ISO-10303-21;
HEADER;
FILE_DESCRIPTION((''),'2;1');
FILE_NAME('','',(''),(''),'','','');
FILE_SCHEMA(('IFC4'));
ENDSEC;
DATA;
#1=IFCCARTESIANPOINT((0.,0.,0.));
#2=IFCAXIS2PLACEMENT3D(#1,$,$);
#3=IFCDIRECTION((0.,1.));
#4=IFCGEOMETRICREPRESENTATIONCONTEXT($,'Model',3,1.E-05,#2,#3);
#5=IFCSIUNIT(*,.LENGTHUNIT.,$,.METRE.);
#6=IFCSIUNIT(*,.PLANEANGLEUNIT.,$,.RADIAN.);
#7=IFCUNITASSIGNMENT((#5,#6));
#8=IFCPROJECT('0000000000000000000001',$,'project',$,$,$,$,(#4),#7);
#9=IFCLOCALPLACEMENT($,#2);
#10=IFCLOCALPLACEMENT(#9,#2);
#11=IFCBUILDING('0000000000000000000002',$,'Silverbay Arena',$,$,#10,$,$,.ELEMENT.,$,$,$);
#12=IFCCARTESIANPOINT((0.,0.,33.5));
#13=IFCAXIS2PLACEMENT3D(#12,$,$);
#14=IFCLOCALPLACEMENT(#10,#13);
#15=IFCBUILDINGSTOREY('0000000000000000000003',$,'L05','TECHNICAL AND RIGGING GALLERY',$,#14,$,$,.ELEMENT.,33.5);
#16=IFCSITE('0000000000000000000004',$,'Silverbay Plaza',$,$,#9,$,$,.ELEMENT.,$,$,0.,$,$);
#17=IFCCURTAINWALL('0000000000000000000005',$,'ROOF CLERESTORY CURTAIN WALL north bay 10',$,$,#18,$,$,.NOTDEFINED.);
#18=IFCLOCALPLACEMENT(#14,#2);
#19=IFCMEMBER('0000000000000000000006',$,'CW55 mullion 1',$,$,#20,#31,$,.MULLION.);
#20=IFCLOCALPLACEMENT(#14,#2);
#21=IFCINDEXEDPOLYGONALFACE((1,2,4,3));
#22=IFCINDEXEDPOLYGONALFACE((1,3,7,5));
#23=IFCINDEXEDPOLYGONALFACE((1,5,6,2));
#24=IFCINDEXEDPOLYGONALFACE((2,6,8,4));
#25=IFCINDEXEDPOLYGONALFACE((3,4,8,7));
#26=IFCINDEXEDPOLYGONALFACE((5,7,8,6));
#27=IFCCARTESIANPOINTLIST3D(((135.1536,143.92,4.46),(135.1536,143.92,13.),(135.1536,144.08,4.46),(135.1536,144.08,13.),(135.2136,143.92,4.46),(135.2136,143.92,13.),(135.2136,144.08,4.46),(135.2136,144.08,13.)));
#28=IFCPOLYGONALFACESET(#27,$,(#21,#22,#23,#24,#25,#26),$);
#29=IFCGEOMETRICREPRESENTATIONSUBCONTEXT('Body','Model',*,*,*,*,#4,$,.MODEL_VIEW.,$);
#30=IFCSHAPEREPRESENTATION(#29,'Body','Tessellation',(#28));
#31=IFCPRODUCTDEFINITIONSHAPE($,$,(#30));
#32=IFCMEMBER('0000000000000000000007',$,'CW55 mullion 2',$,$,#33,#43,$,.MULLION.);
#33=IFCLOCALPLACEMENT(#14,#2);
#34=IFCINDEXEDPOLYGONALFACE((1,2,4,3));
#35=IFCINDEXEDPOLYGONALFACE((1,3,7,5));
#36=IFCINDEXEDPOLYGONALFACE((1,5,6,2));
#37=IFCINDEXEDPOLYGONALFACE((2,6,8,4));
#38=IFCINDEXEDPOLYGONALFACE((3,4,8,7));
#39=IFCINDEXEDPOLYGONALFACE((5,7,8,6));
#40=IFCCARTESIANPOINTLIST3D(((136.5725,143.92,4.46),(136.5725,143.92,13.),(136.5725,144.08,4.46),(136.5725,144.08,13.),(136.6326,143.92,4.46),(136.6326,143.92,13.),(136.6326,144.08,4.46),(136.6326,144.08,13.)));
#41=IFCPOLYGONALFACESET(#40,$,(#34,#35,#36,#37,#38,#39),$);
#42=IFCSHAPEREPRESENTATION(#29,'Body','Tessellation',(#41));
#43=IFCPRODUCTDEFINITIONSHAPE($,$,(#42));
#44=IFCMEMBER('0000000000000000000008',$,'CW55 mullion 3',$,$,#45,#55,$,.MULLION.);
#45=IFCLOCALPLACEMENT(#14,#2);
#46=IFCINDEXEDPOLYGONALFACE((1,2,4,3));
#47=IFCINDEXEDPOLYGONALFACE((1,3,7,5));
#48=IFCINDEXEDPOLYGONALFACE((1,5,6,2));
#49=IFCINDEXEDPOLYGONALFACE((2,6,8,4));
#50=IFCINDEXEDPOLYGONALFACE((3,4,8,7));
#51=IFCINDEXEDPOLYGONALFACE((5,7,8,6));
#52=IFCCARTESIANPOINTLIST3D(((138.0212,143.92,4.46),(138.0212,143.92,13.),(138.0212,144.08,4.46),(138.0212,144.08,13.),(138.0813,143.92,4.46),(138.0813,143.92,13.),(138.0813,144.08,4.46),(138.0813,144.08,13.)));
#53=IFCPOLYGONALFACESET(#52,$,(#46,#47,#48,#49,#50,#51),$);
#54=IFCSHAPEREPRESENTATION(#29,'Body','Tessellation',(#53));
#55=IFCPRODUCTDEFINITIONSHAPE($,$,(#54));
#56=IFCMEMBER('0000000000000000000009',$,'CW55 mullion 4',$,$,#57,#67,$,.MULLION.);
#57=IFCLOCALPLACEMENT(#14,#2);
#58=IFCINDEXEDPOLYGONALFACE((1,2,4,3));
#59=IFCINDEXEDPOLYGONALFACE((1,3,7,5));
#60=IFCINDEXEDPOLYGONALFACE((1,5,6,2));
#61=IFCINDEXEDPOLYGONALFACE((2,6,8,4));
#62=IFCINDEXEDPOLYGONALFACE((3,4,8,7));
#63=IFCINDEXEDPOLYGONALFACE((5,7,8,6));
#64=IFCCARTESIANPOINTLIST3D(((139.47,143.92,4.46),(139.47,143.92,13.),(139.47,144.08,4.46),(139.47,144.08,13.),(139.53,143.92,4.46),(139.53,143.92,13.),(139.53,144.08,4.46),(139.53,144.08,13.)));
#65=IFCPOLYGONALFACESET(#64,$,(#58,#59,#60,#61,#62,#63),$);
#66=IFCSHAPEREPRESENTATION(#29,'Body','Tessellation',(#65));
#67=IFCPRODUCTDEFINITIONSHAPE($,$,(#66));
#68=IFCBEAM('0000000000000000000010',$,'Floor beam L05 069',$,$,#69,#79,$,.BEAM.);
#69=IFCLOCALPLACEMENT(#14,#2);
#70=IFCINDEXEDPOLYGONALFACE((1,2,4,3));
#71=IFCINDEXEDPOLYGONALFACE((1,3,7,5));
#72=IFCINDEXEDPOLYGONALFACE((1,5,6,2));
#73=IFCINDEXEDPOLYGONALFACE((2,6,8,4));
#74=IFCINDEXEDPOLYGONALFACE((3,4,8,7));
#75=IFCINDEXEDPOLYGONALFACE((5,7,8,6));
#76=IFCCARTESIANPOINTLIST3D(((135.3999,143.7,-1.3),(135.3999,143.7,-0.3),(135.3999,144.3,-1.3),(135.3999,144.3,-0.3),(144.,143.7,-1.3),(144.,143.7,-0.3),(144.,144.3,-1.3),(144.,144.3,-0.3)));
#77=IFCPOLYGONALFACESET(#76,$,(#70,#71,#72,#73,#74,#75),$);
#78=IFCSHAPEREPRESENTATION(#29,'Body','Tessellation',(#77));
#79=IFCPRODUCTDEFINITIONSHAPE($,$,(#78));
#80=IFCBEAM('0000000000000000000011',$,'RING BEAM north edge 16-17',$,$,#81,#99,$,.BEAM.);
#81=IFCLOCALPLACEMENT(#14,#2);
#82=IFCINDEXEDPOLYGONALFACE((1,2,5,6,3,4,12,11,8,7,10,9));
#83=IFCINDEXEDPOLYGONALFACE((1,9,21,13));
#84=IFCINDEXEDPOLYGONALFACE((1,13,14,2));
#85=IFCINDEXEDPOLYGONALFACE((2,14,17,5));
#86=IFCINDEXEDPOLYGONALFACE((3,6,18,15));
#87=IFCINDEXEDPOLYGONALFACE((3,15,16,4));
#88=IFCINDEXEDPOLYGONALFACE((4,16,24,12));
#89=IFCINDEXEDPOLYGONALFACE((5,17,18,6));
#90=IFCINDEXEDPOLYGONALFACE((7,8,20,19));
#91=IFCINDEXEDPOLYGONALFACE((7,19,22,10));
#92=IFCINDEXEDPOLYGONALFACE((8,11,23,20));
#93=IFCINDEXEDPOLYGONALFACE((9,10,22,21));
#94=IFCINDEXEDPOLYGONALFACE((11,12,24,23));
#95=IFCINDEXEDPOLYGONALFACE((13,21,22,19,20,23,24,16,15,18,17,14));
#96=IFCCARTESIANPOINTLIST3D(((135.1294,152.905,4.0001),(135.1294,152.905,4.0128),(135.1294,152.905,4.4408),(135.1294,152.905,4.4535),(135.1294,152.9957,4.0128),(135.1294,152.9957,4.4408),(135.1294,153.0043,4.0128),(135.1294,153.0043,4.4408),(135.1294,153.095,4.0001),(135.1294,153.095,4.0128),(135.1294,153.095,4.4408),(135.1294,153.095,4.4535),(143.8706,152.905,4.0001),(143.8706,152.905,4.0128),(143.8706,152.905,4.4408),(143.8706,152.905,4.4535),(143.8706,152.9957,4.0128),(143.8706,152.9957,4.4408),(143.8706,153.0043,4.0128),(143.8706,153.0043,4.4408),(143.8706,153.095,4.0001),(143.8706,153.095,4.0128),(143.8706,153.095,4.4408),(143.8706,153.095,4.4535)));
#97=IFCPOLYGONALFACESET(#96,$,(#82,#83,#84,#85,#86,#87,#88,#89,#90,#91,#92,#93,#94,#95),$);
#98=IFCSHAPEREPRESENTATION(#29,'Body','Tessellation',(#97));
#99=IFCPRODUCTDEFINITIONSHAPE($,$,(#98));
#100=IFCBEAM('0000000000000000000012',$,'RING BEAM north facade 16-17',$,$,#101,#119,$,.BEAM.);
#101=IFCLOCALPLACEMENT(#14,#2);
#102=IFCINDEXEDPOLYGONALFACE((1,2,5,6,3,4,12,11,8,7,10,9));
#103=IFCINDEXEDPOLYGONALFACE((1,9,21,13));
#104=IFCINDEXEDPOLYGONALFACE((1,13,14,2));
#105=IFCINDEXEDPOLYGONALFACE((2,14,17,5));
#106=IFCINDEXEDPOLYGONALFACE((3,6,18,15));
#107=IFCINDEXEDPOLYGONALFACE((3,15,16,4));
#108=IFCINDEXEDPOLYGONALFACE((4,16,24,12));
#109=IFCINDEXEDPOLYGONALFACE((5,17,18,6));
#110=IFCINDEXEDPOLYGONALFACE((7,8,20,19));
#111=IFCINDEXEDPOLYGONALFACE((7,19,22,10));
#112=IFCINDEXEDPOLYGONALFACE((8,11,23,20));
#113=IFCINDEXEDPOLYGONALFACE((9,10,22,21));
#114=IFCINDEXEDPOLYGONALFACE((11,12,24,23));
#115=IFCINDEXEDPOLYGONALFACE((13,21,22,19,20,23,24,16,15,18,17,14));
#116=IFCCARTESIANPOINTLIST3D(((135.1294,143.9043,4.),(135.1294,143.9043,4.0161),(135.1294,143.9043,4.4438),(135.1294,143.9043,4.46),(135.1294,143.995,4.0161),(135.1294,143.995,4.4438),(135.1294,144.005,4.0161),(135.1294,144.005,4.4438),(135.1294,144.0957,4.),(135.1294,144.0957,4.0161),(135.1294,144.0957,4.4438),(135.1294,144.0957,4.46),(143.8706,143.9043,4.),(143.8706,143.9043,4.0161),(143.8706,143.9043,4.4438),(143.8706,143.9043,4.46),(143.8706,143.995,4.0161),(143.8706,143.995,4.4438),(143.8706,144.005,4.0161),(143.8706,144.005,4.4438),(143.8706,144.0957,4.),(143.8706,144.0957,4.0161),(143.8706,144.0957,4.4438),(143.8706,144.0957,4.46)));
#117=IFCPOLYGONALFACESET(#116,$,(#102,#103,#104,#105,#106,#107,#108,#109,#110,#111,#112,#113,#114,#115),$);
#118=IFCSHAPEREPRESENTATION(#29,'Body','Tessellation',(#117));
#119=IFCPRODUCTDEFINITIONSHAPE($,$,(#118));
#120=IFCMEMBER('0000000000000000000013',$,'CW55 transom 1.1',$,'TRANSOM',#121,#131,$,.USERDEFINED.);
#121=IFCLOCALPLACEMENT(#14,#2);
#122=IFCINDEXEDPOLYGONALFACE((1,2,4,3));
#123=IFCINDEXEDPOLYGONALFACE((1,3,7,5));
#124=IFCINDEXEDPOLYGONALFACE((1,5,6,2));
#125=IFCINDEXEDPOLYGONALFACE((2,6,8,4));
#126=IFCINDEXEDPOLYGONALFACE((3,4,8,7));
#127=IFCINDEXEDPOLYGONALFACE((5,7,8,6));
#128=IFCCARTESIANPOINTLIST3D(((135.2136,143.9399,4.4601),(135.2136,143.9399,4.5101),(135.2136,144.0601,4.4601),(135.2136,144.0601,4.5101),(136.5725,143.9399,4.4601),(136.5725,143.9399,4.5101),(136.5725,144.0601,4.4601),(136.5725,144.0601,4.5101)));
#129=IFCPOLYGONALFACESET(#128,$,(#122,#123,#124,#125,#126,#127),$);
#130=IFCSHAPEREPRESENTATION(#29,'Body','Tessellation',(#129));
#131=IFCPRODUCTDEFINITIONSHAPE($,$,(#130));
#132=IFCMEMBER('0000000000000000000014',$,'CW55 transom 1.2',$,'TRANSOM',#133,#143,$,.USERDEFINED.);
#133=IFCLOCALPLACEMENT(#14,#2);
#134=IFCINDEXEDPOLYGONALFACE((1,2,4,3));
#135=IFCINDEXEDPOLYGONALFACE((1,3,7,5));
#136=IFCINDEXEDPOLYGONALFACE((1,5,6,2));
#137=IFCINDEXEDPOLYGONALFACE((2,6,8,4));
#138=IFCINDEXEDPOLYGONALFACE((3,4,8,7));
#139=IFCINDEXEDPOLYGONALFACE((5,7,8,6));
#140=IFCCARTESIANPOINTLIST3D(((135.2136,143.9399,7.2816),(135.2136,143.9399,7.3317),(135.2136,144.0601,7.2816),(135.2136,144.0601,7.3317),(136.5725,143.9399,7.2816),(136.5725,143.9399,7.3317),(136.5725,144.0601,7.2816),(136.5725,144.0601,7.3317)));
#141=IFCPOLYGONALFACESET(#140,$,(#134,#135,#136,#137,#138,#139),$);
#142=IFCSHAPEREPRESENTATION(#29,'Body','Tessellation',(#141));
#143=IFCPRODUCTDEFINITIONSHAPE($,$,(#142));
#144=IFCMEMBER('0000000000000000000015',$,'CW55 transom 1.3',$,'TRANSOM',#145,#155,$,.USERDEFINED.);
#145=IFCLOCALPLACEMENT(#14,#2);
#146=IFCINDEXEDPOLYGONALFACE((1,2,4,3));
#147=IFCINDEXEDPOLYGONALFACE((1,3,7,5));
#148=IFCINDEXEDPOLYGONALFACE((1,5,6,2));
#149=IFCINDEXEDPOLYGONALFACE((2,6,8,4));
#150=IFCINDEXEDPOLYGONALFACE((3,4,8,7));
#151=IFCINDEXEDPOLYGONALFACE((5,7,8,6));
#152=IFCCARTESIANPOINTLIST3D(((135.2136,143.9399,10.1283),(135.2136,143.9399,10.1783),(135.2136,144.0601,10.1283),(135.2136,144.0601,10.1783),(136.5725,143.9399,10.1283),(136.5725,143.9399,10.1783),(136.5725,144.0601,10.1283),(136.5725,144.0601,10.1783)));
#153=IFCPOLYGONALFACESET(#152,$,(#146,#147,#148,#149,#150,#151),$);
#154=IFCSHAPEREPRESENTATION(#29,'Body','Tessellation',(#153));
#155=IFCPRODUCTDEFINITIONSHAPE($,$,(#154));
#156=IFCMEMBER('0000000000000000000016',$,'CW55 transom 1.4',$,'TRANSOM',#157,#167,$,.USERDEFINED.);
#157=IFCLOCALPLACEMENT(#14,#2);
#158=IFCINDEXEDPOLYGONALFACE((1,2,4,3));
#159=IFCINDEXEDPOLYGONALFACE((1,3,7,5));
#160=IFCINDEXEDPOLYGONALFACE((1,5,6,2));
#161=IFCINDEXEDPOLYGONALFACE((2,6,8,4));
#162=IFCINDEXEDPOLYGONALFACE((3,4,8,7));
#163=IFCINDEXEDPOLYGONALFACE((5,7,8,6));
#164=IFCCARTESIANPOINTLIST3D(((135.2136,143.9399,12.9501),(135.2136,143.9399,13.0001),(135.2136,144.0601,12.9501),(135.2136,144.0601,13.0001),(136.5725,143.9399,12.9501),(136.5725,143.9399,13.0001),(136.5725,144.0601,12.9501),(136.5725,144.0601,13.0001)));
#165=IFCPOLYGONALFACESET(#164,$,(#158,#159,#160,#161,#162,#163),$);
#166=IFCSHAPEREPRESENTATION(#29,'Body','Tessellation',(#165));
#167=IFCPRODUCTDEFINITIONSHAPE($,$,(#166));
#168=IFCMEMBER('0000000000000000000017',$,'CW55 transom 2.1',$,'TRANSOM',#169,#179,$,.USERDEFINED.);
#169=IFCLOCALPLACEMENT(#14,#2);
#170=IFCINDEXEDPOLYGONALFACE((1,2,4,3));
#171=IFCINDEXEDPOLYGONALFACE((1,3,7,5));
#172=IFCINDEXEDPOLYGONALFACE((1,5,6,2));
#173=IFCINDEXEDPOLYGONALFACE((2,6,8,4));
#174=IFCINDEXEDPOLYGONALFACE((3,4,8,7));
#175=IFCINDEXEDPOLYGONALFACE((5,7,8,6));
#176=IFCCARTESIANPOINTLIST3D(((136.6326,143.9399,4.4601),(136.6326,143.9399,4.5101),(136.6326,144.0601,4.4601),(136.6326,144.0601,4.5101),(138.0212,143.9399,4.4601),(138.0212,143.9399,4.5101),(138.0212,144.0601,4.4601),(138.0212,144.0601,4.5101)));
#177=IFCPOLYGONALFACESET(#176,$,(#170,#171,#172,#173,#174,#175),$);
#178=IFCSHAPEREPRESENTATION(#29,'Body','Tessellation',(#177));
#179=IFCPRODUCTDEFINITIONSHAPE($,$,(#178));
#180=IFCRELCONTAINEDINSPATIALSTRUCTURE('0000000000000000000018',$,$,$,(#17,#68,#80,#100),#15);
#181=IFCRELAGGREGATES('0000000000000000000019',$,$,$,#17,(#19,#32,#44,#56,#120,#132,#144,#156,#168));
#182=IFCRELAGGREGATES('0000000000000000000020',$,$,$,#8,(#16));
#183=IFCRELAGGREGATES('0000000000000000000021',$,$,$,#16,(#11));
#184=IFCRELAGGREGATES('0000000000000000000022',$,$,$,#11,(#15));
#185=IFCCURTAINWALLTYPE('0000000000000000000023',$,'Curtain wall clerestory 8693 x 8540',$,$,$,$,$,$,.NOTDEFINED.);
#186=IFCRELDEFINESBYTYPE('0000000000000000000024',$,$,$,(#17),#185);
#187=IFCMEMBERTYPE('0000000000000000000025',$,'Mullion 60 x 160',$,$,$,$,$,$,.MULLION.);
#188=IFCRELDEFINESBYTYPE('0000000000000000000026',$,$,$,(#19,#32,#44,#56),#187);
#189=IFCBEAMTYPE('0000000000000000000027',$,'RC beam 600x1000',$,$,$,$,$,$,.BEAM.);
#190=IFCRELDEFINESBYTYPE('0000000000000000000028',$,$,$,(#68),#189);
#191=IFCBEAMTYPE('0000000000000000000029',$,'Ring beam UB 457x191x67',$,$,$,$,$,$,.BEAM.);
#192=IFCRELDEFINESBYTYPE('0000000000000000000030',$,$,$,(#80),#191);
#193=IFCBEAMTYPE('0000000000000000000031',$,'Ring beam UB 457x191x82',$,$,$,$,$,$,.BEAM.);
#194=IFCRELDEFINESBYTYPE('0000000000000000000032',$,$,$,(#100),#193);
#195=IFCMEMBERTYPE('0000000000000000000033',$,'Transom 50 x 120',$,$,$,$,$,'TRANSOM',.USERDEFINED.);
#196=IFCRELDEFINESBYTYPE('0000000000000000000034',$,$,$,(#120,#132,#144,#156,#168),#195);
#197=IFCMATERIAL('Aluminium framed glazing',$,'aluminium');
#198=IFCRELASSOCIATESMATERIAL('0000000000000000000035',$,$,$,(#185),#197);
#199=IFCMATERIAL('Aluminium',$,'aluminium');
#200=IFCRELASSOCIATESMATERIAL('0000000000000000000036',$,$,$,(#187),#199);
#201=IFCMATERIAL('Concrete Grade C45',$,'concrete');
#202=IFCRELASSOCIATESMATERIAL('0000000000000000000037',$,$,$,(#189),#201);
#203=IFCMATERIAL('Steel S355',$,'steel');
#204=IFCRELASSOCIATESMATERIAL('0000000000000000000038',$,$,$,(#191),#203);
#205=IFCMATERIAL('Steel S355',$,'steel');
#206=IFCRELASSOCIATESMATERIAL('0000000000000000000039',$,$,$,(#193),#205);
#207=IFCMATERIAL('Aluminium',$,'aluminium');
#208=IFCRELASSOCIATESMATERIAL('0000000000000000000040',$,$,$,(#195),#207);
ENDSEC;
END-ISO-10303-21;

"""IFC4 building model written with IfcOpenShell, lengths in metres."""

from ifc_helpers import new_model, si_unit, direction, frame, origin, origin_2d, place, context, subcontext, project, spatial, rectangle, i_section, extrude, material, material_profile, profile_set, type_object, element, aggregate, save


model = new_model("IFC4")

# Units and contexts
model_context = context("Model", 3, precision=1e-05, world=origin(), true_north=direction((0.0, 1.0)))
body_context = subcontext(model_context, "Body", "Model", "MODEL_VIEW")
ifc_project = project(units=[si_unit("LENGTHUNIT", "METRE"), si_unit("PLANEANGLEUNIT", "RADIAN")], contexts=[model_context])

# Site, building, storey
site_placement = place(None, origin())
site = spatial("IfcSite", under=ifc_project, at=site_placement, Name="Silverbay Plaza", CompositionType="ELEMENT", RefElevation=0.0)
building_placement = place(site_placement, origin())
building = spatial("IfcBuilding", under=site, at=building_placement, Name="Silverbay Arena", CompositionType="ELEMENT")
storey_placement = place(building_placement, frame((0.0, 0.0, 33.5)))
storey = spatial("IfcBuildingStorey", under=building, at=storey_placement, Name="L05", Description="TECHNICAL AND RIGGING GALLERY", CompositionType="ELEMENT", Elevation=33.5)

# Curtain wall, members
ifc_material_1 = material(Name="Aluminium framed glazing", Category="aluminium")
curtain_wall_type = type_object("IfcCurtainWallType", Name="Curtain wall clerestory 8693 x 8540", PredefinedType="NOTDEFINED", material=ifc_material_1)
curtain_wall_placement = place(storey_placement, origin())
curtain_wall = element("IfcCurtainWall", 1, at=curtain_wall_placement, inside=storey, type_object=curtain_wall_type, Name="ROOF CLERESTORY CURTAIN WALL north bay 10", PredefinedType="NOTDEFINED")
ifc_material_2 = material(Name="Aluminium", Category="aluminium")
ifc_material_profile_1 = material_profile(ifc_material_2, rectangle(XDim=0.1599, YDim=0.0601, at=origin_2d()), Name="Mullion 60 x 160")
ifc_profile_set_1 = profile_set([ifc_material_profile_1], Name="Aluminium")
member_type_1 = type_object("IfcMemberType", Name="Mullion 60 x 160", PredefinedType="MULLION", material=ifc_profile_set_1)
member_1_placement = place(storey_placement, frame((135.1836, 144.0, 4.46), z_axis=(0.0, 0.0, 1.0), x_axis=(0.0, 1.0, 0.0)))
member_1 = element("IfcMember", 2, at=member_1_placement, type_object=member_type_1, Name="CW55 mullion 1", PredefinedType="MULLION", context=body_context, shape_type="SweptSolid", body=[
    extrude(rectangle(XDim=0.1599, YDim=0.0601, at=origin_2d()), origin(), (0.0, 0.0, 1.0), 8.54),
])
member_2_placement = place(storey_placement, frame((136.6025, 144.0, 4.46), z_axis=(0.0, 0.0, 1.0), x_axis=(0.0, 1.0, 0.0)))
member_2 = element("IfcMember", 3, at=member_2_placement, type_object=member_type_1, Name="CW55 mullion 2", PredefinedType="MULLION", context=body_context, shape_type="SweptSolid", body=[
    extrude(rectangle(XDim=0.1599, YDim=0.0601, at=origin_2d()), origin(), (0.0, 0.0, 1.0), 8.54),
])
member_3_placement = place(storey_placement, frame((138.0513, 144.0, 4.46), z_axis=(0.0, 0.0, 1.0), x_axis=(0.0, 1.0, 0.0)))
member_3 = element("IfcMember", 4, at=member_3_placement, type_object=member_type_1, Name="CW55 mullion 3", PredefinedType="MULLION", context=body_context, shape_type="SweptSolid", body=[
    extrude(rectangle(XDim=0.1599, YDim=0.0601, at=origin_2d()), origin(), (0.0, 0.0, 1.0), 8.54),
])
member_4_placement = place(storey_placement, frame((139.5, 144.0, 4.46), z_axis=(0.0, 0.0, 1.0), x_axis=(0.0, 1.0, 0.0)))
member_4 = element("IfcMember", 5, at=member_4_placement, type_object=member_type_1, Name="CW55 mullion 4", PredefinedType="MULLION", context=body_context, shape_type="SweptSolid", body=[
    extrude(rectangle(XDim=0.1599, YDim=0.0601, at=origin_2d()), origin(), (0.0, 0.0, 1.0), 8.54),
])

# Beams
ifc_material_3 = material(Name="Concrete Grade C45", Category="concrete")
ifc_material_profile_2 = material_profile(ifc_material_3, rectangle(XDim=0.6001, YDim=1.0, at=origin_2d()), Name="RC 600x1000")
ifc_profile_set_2 = profile_set([ifc_material_profile_2], Name="Concrete Grade C45")
beam_type_1 = type_object("IfcBeamType", Name="RC beam 600x1000", PredefinedType="BEAM", material=ifc_profile_set_2)
beam_1_placement = place(storey_placement, frame((135.3999, 144.0, -0.8), z_axis=(1.0, 0.0, 0.0), x_axis=(0.0, 1.0, 0.0)))
element("IfcBeam", 6, at=beam_1_placement, inside=storey, type_object=beam_type_1, Name="Floor beam L05 069", PredefinedType="BEAM", context=body_context, shape_type="SweptSolid", body=[
    extrude(rectangle(XDim=0.6001, YDim=1.0, at=origin_2d()), origin(), (0.0, 0.0, 1.0), 8.6001),
])
ifc_material_4 = material(Name="Steel S355", Category="steel")
ifc_material_profile_3 = material_profile(ifc_material_4, i_section(OverallWidth=0.1899, OverallDepth=0.4534, WebThickness=0.0085, FlangeThickness=0.0127, at=origin_2d()), Name="UB 457x191x67")
ifc_profile_set_3 = profile_set([ifc_material_profile_3], Name="Steel S355")
beam_type_2 = type_object("IfcBeamType", Name="Ring beam UB 457x191x67", PredefinedType="BEAM", material=ifc_profile_set_3)
beam_2_placement = place(storey_placement, frame((135.1294, 153.0, 4.2268), z_axis=(1.0, 0.0, 0.0), x_axis=(0.0, 1.0, 0.0)))
element("IfcBeam", 7, at=beam_2_placement, inside=storey, type_object=beam_type_2, Name="RING BEAM north edge 16-17", PredefinedType="BEAM", context=body_context, shape_type="SweptSolid", body=[
    extrude(i_section(OverallWidth=0.1899, OverallDepth=0.4534, WebThickness=0.0085, FlangeThickness=0.0127, at=origin_2d()), origin(), (0.0, 0.0, 1.0), 8.7412),
])
ifc_material_5 = material(Name="Steel S355", Category="steel")
ifc_material_profile_4 = material_profile(ifc_material_5, i_section(OverallWidth=0.1914, OverallDepth=0.46, WebThickness=0.01, FlangeThickness=0.0161, at=origin_2d()), Name="UB 457x191x82")
ifc_profile_set_4 = profile_set([ifc_material_profile_4], Name="Steel S355")
beam_type_3 = type_object("IfcBeamType", Name="Ring beam UB 457x191x82", PredefinedType="BEAM", material=ifc_profile_set_4)
beam_3_placement = place(storey_placement, frame((135.1294, 144.0, 4.23), z_axis=(1.0, 0.0, 0.0), x_axis=(0.0, 1.0, 0.0)))
element("IfcBeam", 8, at=beam_3_placement, inside=storey, type_object=beam_type_3, Name="RING BEAM north facade 16-17", PredefinedType="BEAM", context=body_context, shape_type="SweptSolid", body=[
    extrude(i_section(OverallWidth=0.1914, OverallDepth=0.46, WebThickness=0.01, FlangeThickness=0.0161, at=origin_2d()), origin(), (0.0, 0.0, 1.0), 8.7412),
])

# Members
ifc_material_6 = material(Name="Aluminium", Category="aluminium")
ifc_material_profile_5 = material_profile(ifc_material_6, rectangle(XDim=0.1201, YDim=0.05, at=origin_2d()), Name="Transom 50 x 120")
ifc_profile_set_5 = profile_set([ifc_material_profile_5], Name="Aluminium")
member_type_2 = type_object("IfcMemberType", Name="Transom 50 x 120", ElementType="TRANSOM", PredefinedType="USERDEFINED", material=ifc_profile_set_5)
member_5_placement = place(storey_placement, frame((135.2136, 144.0, 4.4851), z_axis=(1.0, 0.0, 0.0), x_axis=(0.0, 1.0, 0.0)))
member_5 = element("IfcMember", 9, at=member_5_placement, type_object=member_type_2, Name="CW55 transom 1.1", ObjectType="TRANSOM", PredefinedType="USERDEFINED", context=body_context, shape_type="SweptSolid", body=[
    extrude(rectangle(XDim=0.1201, YDim=0.05, at=origin_2d()), origin(), (0.0, 0.0, 1.0), 1.3589),
])
member_6_placement = place(storey_placement, frame((135.2136, 144.0, 7.3066), z_axis=(1.0, 0.0, 0.0), x_axis=(0.0, 1.0, 0.0)))
member_6 = element("IfcMember", 10, at=member_6_placement, type_object=member_type_2, Name="CW55 transom 1.2", ObjectType="TRANSOM", PredefinedType="USERDEFINED", context=body_context, shape_type="SweptSolid", body=[
    extrude(rectangle(XDim=0.1201, YDim=0.05, at=origin_2d()), origin(), (0.0, 0.0, 1.0), 1.3589),
])
member_7_placement = place(storey_placement, frame((135.2136, 144.0, 10.1533), z_axis=(1.0, 0.0, 0.0), x_axis=(0.0, 1.0, 0.0)))
member_7 = element("IfcMember", 11, at=member_7_placement, type_object=member_type_2, Name="CW55 transom 1.3", ObjectType="TRANSOM", PredefinedType="USERDEFINED", context=body_context, shape_type="SweptSolid", body=[
    extrude(rectangle(XDim=0.1201, YDim=0.05, at=origin_2d()), origin(), (0.0, 0.0, 1.0), 1.3589),
])
member_8_placement = place(storey_placement, frame((135.2136, 144.0, 12.9751), z_axis=(1.0, 0.0, 0.0), x_axis=(0.0, 1.0, 0.0)))
member_8 = element("IfcMember", 12, at=member_8_placement, type_object=member_type_2, Name="CW55 transom 1.4", ObjectType="TRANSOM", PredefinedType="USERDEFINED", context=body_context, shape_type="SweptSolid", body=[
    extrude(rectangle(XDim=0.1201, YDim=0.05, at=origin_2d()), origin(), (0.0, 0.0, 1.0), 1.3589),
])
member_9_placement = place(storey_placement, frame((136.6326, 144.0, 4.4851), z_axis=(1.0, 0.0, 0.0), x_axis=(0.0, 1.0, 0.0)))
member_9 = element("IfcMember", 13, at=member_9_placement, type_object=member_type_2, Name="CW55 transom 2.1", ObjectType="TRANSOM", PredefinedType="USERDEFINED", context=body_context, shape_type="SweptSolid", body=[
    extrude(rectangle(XDim=0.1201, YDim=0.05, at=origin_2d()), origin(), (0.0, 0.0, 1.0), 1.3887),
])

aggregate(curtain_wall, [member_1, member_2, member_3, member_4, member_5, member_6, member_7, member_8, member_9])

save(model, "model.ifc")
